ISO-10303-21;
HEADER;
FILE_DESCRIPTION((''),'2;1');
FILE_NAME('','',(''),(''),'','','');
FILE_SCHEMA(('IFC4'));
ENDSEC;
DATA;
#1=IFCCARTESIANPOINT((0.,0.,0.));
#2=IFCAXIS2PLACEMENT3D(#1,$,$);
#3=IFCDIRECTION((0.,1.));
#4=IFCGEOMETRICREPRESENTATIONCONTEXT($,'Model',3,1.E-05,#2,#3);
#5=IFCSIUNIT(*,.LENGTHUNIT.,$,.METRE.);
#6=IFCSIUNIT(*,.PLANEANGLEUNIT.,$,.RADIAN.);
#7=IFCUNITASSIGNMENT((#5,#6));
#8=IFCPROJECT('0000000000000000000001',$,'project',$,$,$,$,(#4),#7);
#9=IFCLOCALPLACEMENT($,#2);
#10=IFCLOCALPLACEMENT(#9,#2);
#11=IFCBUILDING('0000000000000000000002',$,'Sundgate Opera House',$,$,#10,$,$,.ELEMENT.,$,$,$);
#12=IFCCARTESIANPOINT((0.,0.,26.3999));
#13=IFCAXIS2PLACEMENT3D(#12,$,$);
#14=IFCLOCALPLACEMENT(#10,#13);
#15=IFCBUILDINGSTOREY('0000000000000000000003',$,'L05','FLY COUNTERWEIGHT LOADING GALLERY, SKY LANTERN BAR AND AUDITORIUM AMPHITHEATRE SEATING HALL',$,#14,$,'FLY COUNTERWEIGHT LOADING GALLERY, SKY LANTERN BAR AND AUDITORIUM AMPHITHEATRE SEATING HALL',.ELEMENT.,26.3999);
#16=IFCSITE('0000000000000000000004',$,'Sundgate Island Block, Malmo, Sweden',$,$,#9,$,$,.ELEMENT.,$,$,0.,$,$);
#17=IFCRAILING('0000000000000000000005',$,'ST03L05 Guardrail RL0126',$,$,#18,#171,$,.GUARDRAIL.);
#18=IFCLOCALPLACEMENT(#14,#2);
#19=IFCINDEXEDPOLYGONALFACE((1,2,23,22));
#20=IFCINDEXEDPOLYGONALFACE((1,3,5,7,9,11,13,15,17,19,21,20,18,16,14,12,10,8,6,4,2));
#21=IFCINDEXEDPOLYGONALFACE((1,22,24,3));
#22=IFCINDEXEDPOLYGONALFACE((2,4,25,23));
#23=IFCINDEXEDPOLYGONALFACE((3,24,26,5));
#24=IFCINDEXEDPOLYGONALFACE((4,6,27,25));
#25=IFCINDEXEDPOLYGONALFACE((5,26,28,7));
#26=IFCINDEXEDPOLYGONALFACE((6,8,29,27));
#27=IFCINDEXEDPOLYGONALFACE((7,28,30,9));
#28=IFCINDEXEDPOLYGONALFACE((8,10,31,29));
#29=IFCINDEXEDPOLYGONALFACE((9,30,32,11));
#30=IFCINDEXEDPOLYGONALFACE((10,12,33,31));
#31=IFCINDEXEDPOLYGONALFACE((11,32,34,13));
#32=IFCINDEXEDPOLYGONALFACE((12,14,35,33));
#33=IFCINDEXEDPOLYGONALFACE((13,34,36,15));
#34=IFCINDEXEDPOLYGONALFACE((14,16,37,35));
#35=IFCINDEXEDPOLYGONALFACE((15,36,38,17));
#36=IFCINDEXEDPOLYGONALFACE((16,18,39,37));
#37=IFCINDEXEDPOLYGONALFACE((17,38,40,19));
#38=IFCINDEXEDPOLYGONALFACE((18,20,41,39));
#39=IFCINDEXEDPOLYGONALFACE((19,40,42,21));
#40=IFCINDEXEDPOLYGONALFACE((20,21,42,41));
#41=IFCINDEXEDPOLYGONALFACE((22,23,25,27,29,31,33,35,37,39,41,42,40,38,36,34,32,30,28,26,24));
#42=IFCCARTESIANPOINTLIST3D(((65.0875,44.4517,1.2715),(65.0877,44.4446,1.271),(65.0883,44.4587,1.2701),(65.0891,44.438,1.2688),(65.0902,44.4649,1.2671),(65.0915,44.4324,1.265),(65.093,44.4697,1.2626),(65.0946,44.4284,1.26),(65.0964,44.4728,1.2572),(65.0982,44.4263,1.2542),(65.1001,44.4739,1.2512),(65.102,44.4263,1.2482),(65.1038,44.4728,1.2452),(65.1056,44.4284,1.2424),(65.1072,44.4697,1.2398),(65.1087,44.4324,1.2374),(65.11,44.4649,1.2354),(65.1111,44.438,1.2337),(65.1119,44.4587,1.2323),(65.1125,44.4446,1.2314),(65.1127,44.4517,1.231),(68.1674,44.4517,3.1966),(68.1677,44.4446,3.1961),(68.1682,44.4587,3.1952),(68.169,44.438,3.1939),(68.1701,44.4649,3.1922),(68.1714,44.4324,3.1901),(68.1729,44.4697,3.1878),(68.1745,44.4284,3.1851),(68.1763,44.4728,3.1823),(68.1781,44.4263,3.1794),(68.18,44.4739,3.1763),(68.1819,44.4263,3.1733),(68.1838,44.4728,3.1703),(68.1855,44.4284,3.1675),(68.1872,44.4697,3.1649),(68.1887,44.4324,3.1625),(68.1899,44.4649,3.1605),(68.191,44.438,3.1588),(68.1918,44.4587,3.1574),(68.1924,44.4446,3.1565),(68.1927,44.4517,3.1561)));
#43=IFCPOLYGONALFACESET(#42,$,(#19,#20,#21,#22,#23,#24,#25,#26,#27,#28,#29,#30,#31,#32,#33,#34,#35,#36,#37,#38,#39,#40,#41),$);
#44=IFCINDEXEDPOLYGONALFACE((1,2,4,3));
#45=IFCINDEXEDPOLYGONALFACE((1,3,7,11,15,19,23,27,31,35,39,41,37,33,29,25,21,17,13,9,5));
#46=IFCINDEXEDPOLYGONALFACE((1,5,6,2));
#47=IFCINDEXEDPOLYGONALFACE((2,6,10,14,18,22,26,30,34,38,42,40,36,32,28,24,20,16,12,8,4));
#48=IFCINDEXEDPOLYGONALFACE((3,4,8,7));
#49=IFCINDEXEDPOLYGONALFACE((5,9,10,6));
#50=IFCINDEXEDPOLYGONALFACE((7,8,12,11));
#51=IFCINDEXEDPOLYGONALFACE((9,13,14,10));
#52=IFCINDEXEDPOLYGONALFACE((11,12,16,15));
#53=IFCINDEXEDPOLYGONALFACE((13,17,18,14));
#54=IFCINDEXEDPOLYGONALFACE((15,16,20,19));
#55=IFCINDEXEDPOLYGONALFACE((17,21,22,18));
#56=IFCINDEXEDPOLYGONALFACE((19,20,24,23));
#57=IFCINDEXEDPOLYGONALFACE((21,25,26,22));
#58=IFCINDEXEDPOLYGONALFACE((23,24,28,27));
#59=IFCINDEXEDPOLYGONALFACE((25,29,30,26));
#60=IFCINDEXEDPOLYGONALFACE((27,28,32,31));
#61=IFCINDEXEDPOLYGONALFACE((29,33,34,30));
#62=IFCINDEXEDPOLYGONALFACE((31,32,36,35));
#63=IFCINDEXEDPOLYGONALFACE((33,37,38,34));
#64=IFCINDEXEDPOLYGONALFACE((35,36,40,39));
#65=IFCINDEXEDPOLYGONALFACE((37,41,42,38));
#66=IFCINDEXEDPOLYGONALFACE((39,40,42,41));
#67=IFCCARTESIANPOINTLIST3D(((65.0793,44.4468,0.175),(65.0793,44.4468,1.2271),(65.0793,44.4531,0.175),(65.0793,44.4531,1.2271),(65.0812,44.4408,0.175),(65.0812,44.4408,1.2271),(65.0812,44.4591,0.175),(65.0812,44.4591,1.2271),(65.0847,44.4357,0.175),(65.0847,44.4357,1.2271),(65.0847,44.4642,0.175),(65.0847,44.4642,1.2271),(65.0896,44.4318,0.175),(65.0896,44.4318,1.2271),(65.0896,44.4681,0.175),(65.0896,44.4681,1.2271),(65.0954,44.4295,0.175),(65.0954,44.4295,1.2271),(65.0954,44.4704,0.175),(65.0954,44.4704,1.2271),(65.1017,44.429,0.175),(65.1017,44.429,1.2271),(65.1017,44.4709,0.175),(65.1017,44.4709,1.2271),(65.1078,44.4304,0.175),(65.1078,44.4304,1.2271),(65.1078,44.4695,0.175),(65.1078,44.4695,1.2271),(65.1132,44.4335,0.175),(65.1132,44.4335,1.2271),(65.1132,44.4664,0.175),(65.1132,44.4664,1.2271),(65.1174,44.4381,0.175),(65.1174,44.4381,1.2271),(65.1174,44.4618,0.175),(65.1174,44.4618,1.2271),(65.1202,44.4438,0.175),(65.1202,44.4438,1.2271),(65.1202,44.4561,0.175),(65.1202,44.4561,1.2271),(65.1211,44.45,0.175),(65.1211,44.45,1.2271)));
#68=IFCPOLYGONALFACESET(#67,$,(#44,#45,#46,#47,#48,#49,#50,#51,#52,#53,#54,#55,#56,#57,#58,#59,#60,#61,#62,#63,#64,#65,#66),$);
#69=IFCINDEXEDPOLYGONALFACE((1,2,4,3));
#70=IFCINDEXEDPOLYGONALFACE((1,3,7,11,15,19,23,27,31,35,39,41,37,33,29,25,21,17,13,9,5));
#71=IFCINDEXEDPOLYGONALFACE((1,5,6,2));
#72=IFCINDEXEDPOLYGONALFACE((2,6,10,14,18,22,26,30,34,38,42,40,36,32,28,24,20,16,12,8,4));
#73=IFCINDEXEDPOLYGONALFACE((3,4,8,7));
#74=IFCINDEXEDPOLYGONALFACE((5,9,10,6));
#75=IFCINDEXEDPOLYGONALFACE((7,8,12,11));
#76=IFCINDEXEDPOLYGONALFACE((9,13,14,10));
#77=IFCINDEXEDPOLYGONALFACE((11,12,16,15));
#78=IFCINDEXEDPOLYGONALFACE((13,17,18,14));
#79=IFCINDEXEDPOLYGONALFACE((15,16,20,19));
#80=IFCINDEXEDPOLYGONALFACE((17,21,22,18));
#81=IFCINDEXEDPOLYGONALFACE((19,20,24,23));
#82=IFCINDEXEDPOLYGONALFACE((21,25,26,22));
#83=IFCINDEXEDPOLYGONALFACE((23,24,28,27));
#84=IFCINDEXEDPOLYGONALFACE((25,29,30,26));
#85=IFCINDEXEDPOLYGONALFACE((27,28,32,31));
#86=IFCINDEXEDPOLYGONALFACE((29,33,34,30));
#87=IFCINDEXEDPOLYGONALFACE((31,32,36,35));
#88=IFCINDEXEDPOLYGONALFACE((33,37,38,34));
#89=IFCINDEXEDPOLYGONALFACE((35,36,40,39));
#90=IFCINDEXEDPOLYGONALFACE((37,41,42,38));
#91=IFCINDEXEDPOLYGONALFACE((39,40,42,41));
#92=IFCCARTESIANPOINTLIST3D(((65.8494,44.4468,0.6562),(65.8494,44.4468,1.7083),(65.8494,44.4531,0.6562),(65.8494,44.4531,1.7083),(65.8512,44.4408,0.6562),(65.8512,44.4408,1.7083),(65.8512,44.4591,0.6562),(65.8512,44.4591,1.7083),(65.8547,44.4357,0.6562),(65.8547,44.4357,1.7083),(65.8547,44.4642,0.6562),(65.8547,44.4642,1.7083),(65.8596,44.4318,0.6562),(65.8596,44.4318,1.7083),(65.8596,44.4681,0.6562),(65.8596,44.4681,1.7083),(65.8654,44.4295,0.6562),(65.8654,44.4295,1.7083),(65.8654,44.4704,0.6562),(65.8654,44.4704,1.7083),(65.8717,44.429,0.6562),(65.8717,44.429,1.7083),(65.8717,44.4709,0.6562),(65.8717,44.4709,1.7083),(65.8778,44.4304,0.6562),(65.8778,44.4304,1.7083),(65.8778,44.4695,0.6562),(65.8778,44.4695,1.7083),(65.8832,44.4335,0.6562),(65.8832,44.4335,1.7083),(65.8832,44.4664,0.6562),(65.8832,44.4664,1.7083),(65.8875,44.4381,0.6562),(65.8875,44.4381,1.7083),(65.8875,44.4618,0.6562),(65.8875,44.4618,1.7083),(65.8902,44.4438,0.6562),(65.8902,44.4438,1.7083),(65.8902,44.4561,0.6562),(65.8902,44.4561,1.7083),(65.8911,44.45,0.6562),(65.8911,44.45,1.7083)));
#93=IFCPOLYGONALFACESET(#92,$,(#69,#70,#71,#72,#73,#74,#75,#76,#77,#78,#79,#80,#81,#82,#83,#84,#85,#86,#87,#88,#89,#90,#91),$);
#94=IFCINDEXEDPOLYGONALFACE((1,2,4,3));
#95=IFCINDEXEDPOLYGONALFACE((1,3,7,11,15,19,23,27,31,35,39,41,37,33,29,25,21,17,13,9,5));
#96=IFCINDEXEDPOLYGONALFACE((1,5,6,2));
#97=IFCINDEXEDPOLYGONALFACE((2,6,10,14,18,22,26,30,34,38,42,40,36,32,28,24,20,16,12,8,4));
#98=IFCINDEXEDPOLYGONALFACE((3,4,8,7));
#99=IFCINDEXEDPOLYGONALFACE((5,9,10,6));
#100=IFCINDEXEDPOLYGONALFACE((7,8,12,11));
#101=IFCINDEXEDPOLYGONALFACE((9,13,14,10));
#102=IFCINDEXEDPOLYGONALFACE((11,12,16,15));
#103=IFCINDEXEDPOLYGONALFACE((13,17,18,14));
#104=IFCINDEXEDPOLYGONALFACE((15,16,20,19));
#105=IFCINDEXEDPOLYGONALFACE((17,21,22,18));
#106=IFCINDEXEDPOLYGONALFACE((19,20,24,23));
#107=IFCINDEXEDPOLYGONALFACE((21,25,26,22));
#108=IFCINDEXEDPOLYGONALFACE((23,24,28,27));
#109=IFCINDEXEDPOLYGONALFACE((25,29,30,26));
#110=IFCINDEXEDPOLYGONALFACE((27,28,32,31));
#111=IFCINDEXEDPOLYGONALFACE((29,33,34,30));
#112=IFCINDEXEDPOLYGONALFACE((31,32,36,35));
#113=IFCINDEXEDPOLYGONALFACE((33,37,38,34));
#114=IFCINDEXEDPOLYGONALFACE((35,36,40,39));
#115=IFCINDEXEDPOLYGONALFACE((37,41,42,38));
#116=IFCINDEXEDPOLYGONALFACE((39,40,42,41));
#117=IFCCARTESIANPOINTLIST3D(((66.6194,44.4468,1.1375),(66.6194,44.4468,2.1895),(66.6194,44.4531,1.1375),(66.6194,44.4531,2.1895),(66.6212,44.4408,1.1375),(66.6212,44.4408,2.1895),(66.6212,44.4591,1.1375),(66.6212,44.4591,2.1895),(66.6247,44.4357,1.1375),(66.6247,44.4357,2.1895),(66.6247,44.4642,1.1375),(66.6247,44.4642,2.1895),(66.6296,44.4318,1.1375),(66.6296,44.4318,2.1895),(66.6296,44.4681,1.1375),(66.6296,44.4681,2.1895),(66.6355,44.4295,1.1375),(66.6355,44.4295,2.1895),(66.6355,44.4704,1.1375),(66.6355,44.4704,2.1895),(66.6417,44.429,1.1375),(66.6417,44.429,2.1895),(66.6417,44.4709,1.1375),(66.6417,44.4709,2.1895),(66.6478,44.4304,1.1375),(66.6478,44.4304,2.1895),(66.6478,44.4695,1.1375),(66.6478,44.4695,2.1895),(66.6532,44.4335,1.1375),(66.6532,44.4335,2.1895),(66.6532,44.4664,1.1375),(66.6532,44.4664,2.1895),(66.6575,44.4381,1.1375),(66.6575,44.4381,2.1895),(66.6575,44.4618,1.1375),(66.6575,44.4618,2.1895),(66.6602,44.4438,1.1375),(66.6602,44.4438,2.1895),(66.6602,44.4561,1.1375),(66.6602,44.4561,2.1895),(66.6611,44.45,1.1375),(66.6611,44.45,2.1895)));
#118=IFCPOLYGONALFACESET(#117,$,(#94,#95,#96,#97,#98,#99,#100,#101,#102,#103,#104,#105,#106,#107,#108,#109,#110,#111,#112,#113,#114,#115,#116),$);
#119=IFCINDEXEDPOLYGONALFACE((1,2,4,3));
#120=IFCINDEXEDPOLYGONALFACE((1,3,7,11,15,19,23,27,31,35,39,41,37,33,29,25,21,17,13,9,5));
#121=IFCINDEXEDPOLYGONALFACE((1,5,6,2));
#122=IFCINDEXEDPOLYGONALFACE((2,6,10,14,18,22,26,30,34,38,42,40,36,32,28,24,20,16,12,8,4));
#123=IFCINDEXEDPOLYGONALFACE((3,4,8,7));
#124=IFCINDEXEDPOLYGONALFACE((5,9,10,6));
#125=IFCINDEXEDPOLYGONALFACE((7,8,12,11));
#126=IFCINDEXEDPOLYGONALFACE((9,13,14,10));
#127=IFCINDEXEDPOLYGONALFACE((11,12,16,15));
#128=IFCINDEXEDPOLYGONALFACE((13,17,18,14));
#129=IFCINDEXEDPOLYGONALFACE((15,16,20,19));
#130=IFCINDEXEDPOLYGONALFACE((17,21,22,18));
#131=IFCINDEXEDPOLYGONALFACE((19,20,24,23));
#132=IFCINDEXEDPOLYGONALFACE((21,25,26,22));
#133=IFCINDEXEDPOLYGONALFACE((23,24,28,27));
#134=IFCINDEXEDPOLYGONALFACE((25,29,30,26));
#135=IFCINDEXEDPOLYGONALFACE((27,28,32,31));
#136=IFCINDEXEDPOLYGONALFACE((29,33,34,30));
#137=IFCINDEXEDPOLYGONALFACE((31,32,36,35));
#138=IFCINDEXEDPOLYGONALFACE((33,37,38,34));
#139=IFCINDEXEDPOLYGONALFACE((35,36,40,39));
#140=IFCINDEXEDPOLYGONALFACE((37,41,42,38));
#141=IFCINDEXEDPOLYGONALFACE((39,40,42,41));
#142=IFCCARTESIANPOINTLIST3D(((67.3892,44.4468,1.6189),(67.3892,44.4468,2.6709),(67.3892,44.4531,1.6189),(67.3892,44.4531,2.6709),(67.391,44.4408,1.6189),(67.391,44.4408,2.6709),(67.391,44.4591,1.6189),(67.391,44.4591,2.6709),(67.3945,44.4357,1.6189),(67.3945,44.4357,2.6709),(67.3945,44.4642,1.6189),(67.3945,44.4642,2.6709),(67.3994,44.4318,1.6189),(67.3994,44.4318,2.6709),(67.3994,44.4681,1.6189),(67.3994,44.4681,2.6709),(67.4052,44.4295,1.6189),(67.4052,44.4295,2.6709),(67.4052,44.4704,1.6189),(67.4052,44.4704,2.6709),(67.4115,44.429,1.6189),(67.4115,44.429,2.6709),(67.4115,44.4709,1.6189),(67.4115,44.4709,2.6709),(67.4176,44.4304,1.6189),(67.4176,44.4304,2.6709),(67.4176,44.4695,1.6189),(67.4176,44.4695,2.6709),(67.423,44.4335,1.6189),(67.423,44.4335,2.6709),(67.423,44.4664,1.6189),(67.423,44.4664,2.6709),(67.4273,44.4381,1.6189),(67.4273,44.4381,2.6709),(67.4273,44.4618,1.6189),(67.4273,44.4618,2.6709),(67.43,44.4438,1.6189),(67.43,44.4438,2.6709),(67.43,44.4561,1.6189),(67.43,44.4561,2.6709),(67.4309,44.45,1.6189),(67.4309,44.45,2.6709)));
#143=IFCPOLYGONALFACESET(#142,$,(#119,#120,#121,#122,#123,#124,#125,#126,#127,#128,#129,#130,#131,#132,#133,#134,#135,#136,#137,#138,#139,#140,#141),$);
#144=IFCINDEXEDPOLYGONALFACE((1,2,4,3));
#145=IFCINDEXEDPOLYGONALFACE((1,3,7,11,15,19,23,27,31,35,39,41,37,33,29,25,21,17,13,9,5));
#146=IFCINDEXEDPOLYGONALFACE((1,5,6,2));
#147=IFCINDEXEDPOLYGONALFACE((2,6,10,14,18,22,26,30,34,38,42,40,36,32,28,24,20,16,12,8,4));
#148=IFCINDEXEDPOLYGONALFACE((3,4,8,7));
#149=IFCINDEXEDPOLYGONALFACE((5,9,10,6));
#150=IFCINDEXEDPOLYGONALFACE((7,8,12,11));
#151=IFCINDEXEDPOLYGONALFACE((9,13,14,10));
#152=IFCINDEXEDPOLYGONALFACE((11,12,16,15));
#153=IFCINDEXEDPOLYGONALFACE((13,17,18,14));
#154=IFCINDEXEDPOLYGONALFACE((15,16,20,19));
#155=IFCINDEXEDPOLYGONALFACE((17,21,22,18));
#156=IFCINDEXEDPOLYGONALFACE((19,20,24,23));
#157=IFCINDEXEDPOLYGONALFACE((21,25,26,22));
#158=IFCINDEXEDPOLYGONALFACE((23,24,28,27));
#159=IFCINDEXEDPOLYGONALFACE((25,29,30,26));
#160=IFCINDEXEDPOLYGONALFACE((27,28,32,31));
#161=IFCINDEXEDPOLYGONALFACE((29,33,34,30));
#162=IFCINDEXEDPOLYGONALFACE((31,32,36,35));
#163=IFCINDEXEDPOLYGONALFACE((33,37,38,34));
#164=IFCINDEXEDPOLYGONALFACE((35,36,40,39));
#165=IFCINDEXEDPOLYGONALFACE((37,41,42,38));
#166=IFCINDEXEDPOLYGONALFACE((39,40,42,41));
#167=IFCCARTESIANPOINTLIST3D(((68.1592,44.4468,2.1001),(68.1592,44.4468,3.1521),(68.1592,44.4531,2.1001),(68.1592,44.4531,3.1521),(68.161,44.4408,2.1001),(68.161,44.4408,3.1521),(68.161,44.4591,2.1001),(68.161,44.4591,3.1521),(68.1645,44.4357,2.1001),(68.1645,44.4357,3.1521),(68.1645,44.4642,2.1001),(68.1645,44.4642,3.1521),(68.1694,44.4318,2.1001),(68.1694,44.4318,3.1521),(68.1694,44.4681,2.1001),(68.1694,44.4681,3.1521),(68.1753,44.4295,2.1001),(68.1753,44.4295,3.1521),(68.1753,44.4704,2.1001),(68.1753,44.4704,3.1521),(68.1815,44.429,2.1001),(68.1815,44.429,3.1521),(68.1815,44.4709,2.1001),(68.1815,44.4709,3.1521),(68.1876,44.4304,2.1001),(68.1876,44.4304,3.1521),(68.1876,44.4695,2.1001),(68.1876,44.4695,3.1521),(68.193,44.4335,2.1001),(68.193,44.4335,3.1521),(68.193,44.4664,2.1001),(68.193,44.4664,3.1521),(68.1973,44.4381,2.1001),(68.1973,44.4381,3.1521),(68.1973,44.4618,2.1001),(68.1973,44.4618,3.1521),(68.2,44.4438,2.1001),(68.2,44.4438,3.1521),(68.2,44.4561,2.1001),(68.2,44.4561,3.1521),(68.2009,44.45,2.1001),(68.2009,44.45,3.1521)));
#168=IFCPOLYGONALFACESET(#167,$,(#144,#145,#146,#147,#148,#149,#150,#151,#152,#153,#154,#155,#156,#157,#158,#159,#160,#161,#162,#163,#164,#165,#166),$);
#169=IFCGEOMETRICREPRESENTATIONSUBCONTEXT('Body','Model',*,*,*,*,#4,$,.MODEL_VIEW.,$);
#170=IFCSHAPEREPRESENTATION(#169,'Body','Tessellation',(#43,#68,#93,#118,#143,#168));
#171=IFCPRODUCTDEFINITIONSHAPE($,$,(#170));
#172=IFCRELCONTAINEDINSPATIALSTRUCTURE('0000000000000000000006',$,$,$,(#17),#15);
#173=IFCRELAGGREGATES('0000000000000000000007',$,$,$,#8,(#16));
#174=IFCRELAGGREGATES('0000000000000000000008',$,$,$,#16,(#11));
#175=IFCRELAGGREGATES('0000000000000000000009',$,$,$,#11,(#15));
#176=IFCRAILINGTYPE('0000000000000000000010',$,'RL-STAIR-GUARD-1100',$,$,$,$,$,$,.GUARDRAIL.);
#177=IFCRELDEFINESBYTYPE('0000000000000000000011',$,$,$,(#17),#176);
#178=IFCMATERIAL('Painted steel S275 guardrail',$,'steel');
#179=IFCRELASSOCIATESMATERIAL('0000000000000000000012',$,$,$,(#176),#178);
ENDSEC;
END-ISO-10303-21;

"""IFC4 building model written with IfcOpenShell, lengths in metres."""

from ifc_helpers import new_model, si_unit, direction, frame, origin, origin_2d, place, context, subcontext, project, spatial, circle, extrude, material, type_object, element, save


model = new_model("IFC4")

# Units and contexts
model_context = context("Model", 3, precision=1e-05, world=origin(), true_north=direction((0.0, 1.0)))
body_context = subcontext(model_context, "Body", "Model", "MODEL_VIEW")
ifc_project = project(units=[si_unit("LENGTHUNIT", "METRE"), si_unit("PLANEANGLEUNIT", "RADIAN")], contexts=[model_context])

# Site, building, storey
site_placement = place(None, origin())
site = spatial("IfcSite", under=ifc_project, at=site_placement, Name="Sundgate Island Block, Malmo, Sweden", CompositionType="ELEMENT", RefElevation=0.0)
building_placement = place(site_placement, origin())
building = spatial("IfcBuilding", under=site, at=building_placement, Name="Sundgate Opera House", CompositionType="ELEMENT")
storey_placement = place(building_placement, frame((0.0, 0.0, 26.3999)))
storey = spatial("IfcBuildingStorey", under=building, at=storey_placement, Name="L05", Description="FLY COUNTERWEIGHT LOADING GALLERY, SKY LANTERN BAR AND AUDITORIUM AMPHITHEATRE SEATING HALL", LongName="FLY COUNTERWEIGHT LOADING GALLERY, SKY LANTERN BAR AND AUDITORIUM AMPHITHEATRE SEATING HALL", CompositionType="ELEMENT", Elevation=26.3999)

# Railing
ifc_material_1 = material(Name="Painted steel S275 guardrail", Category="steel")
railing_type_1 = type_object("IfcRailingType", Name="RL-STAIR-GUARD-1100", PredefinedType="GUARDRAIL", material=ifc_material_1)
railing_1_placement = place(storey_placement, frame((65.1001, 44.45, 0.175)))
element("IfcRailing", 1, at=railing_1_placement, inside=storey, type_object=railing_type_1, Name="ST03L05 Guardrail RL0126", PredefinedType="GUARDRAIL", context=body_context, shape_type="SweptSolid", body=[
    extrude(circle(Radius=0.0239, at=origin_2d()), frame((0.0, 0.0, 1.0762), z_axis=(0.847979, 0.0, 0.530029), x_axis=(0.0, 1.0, 0.0)), (0.0, 0.0, 1.0), 3.6321),
    extrude(circle(Radius=0.021, at=origin_2d()), origin(), (0.0, 0.0, 1.0), 1.052),
    extrude(circle(Radius=0.021, at=origin_2d()), frame((0.77, 0.0, 0.4812)), (0.0, 0.0, 1.0), 1.052),
    extrude(circle(Radius=0.021, at=origin_2d()), frame((1.54, 0.0, 0.9624)), (0.0, 0.0, 1.0), 1.052),
    extrude(circle(Radius=0.021, at=origin_2d()), frame((2.3098, 0.0, 1.4438)), (0.0, 0.0, 1.0), 1.052),
    extrude(circle(Radius=0.021, at=origin_2d()), frame((3.0798, 0.0, 1.925)), (0.0, 0.0, 1.0), 1.052),
])

save(model, "model.ifc")
